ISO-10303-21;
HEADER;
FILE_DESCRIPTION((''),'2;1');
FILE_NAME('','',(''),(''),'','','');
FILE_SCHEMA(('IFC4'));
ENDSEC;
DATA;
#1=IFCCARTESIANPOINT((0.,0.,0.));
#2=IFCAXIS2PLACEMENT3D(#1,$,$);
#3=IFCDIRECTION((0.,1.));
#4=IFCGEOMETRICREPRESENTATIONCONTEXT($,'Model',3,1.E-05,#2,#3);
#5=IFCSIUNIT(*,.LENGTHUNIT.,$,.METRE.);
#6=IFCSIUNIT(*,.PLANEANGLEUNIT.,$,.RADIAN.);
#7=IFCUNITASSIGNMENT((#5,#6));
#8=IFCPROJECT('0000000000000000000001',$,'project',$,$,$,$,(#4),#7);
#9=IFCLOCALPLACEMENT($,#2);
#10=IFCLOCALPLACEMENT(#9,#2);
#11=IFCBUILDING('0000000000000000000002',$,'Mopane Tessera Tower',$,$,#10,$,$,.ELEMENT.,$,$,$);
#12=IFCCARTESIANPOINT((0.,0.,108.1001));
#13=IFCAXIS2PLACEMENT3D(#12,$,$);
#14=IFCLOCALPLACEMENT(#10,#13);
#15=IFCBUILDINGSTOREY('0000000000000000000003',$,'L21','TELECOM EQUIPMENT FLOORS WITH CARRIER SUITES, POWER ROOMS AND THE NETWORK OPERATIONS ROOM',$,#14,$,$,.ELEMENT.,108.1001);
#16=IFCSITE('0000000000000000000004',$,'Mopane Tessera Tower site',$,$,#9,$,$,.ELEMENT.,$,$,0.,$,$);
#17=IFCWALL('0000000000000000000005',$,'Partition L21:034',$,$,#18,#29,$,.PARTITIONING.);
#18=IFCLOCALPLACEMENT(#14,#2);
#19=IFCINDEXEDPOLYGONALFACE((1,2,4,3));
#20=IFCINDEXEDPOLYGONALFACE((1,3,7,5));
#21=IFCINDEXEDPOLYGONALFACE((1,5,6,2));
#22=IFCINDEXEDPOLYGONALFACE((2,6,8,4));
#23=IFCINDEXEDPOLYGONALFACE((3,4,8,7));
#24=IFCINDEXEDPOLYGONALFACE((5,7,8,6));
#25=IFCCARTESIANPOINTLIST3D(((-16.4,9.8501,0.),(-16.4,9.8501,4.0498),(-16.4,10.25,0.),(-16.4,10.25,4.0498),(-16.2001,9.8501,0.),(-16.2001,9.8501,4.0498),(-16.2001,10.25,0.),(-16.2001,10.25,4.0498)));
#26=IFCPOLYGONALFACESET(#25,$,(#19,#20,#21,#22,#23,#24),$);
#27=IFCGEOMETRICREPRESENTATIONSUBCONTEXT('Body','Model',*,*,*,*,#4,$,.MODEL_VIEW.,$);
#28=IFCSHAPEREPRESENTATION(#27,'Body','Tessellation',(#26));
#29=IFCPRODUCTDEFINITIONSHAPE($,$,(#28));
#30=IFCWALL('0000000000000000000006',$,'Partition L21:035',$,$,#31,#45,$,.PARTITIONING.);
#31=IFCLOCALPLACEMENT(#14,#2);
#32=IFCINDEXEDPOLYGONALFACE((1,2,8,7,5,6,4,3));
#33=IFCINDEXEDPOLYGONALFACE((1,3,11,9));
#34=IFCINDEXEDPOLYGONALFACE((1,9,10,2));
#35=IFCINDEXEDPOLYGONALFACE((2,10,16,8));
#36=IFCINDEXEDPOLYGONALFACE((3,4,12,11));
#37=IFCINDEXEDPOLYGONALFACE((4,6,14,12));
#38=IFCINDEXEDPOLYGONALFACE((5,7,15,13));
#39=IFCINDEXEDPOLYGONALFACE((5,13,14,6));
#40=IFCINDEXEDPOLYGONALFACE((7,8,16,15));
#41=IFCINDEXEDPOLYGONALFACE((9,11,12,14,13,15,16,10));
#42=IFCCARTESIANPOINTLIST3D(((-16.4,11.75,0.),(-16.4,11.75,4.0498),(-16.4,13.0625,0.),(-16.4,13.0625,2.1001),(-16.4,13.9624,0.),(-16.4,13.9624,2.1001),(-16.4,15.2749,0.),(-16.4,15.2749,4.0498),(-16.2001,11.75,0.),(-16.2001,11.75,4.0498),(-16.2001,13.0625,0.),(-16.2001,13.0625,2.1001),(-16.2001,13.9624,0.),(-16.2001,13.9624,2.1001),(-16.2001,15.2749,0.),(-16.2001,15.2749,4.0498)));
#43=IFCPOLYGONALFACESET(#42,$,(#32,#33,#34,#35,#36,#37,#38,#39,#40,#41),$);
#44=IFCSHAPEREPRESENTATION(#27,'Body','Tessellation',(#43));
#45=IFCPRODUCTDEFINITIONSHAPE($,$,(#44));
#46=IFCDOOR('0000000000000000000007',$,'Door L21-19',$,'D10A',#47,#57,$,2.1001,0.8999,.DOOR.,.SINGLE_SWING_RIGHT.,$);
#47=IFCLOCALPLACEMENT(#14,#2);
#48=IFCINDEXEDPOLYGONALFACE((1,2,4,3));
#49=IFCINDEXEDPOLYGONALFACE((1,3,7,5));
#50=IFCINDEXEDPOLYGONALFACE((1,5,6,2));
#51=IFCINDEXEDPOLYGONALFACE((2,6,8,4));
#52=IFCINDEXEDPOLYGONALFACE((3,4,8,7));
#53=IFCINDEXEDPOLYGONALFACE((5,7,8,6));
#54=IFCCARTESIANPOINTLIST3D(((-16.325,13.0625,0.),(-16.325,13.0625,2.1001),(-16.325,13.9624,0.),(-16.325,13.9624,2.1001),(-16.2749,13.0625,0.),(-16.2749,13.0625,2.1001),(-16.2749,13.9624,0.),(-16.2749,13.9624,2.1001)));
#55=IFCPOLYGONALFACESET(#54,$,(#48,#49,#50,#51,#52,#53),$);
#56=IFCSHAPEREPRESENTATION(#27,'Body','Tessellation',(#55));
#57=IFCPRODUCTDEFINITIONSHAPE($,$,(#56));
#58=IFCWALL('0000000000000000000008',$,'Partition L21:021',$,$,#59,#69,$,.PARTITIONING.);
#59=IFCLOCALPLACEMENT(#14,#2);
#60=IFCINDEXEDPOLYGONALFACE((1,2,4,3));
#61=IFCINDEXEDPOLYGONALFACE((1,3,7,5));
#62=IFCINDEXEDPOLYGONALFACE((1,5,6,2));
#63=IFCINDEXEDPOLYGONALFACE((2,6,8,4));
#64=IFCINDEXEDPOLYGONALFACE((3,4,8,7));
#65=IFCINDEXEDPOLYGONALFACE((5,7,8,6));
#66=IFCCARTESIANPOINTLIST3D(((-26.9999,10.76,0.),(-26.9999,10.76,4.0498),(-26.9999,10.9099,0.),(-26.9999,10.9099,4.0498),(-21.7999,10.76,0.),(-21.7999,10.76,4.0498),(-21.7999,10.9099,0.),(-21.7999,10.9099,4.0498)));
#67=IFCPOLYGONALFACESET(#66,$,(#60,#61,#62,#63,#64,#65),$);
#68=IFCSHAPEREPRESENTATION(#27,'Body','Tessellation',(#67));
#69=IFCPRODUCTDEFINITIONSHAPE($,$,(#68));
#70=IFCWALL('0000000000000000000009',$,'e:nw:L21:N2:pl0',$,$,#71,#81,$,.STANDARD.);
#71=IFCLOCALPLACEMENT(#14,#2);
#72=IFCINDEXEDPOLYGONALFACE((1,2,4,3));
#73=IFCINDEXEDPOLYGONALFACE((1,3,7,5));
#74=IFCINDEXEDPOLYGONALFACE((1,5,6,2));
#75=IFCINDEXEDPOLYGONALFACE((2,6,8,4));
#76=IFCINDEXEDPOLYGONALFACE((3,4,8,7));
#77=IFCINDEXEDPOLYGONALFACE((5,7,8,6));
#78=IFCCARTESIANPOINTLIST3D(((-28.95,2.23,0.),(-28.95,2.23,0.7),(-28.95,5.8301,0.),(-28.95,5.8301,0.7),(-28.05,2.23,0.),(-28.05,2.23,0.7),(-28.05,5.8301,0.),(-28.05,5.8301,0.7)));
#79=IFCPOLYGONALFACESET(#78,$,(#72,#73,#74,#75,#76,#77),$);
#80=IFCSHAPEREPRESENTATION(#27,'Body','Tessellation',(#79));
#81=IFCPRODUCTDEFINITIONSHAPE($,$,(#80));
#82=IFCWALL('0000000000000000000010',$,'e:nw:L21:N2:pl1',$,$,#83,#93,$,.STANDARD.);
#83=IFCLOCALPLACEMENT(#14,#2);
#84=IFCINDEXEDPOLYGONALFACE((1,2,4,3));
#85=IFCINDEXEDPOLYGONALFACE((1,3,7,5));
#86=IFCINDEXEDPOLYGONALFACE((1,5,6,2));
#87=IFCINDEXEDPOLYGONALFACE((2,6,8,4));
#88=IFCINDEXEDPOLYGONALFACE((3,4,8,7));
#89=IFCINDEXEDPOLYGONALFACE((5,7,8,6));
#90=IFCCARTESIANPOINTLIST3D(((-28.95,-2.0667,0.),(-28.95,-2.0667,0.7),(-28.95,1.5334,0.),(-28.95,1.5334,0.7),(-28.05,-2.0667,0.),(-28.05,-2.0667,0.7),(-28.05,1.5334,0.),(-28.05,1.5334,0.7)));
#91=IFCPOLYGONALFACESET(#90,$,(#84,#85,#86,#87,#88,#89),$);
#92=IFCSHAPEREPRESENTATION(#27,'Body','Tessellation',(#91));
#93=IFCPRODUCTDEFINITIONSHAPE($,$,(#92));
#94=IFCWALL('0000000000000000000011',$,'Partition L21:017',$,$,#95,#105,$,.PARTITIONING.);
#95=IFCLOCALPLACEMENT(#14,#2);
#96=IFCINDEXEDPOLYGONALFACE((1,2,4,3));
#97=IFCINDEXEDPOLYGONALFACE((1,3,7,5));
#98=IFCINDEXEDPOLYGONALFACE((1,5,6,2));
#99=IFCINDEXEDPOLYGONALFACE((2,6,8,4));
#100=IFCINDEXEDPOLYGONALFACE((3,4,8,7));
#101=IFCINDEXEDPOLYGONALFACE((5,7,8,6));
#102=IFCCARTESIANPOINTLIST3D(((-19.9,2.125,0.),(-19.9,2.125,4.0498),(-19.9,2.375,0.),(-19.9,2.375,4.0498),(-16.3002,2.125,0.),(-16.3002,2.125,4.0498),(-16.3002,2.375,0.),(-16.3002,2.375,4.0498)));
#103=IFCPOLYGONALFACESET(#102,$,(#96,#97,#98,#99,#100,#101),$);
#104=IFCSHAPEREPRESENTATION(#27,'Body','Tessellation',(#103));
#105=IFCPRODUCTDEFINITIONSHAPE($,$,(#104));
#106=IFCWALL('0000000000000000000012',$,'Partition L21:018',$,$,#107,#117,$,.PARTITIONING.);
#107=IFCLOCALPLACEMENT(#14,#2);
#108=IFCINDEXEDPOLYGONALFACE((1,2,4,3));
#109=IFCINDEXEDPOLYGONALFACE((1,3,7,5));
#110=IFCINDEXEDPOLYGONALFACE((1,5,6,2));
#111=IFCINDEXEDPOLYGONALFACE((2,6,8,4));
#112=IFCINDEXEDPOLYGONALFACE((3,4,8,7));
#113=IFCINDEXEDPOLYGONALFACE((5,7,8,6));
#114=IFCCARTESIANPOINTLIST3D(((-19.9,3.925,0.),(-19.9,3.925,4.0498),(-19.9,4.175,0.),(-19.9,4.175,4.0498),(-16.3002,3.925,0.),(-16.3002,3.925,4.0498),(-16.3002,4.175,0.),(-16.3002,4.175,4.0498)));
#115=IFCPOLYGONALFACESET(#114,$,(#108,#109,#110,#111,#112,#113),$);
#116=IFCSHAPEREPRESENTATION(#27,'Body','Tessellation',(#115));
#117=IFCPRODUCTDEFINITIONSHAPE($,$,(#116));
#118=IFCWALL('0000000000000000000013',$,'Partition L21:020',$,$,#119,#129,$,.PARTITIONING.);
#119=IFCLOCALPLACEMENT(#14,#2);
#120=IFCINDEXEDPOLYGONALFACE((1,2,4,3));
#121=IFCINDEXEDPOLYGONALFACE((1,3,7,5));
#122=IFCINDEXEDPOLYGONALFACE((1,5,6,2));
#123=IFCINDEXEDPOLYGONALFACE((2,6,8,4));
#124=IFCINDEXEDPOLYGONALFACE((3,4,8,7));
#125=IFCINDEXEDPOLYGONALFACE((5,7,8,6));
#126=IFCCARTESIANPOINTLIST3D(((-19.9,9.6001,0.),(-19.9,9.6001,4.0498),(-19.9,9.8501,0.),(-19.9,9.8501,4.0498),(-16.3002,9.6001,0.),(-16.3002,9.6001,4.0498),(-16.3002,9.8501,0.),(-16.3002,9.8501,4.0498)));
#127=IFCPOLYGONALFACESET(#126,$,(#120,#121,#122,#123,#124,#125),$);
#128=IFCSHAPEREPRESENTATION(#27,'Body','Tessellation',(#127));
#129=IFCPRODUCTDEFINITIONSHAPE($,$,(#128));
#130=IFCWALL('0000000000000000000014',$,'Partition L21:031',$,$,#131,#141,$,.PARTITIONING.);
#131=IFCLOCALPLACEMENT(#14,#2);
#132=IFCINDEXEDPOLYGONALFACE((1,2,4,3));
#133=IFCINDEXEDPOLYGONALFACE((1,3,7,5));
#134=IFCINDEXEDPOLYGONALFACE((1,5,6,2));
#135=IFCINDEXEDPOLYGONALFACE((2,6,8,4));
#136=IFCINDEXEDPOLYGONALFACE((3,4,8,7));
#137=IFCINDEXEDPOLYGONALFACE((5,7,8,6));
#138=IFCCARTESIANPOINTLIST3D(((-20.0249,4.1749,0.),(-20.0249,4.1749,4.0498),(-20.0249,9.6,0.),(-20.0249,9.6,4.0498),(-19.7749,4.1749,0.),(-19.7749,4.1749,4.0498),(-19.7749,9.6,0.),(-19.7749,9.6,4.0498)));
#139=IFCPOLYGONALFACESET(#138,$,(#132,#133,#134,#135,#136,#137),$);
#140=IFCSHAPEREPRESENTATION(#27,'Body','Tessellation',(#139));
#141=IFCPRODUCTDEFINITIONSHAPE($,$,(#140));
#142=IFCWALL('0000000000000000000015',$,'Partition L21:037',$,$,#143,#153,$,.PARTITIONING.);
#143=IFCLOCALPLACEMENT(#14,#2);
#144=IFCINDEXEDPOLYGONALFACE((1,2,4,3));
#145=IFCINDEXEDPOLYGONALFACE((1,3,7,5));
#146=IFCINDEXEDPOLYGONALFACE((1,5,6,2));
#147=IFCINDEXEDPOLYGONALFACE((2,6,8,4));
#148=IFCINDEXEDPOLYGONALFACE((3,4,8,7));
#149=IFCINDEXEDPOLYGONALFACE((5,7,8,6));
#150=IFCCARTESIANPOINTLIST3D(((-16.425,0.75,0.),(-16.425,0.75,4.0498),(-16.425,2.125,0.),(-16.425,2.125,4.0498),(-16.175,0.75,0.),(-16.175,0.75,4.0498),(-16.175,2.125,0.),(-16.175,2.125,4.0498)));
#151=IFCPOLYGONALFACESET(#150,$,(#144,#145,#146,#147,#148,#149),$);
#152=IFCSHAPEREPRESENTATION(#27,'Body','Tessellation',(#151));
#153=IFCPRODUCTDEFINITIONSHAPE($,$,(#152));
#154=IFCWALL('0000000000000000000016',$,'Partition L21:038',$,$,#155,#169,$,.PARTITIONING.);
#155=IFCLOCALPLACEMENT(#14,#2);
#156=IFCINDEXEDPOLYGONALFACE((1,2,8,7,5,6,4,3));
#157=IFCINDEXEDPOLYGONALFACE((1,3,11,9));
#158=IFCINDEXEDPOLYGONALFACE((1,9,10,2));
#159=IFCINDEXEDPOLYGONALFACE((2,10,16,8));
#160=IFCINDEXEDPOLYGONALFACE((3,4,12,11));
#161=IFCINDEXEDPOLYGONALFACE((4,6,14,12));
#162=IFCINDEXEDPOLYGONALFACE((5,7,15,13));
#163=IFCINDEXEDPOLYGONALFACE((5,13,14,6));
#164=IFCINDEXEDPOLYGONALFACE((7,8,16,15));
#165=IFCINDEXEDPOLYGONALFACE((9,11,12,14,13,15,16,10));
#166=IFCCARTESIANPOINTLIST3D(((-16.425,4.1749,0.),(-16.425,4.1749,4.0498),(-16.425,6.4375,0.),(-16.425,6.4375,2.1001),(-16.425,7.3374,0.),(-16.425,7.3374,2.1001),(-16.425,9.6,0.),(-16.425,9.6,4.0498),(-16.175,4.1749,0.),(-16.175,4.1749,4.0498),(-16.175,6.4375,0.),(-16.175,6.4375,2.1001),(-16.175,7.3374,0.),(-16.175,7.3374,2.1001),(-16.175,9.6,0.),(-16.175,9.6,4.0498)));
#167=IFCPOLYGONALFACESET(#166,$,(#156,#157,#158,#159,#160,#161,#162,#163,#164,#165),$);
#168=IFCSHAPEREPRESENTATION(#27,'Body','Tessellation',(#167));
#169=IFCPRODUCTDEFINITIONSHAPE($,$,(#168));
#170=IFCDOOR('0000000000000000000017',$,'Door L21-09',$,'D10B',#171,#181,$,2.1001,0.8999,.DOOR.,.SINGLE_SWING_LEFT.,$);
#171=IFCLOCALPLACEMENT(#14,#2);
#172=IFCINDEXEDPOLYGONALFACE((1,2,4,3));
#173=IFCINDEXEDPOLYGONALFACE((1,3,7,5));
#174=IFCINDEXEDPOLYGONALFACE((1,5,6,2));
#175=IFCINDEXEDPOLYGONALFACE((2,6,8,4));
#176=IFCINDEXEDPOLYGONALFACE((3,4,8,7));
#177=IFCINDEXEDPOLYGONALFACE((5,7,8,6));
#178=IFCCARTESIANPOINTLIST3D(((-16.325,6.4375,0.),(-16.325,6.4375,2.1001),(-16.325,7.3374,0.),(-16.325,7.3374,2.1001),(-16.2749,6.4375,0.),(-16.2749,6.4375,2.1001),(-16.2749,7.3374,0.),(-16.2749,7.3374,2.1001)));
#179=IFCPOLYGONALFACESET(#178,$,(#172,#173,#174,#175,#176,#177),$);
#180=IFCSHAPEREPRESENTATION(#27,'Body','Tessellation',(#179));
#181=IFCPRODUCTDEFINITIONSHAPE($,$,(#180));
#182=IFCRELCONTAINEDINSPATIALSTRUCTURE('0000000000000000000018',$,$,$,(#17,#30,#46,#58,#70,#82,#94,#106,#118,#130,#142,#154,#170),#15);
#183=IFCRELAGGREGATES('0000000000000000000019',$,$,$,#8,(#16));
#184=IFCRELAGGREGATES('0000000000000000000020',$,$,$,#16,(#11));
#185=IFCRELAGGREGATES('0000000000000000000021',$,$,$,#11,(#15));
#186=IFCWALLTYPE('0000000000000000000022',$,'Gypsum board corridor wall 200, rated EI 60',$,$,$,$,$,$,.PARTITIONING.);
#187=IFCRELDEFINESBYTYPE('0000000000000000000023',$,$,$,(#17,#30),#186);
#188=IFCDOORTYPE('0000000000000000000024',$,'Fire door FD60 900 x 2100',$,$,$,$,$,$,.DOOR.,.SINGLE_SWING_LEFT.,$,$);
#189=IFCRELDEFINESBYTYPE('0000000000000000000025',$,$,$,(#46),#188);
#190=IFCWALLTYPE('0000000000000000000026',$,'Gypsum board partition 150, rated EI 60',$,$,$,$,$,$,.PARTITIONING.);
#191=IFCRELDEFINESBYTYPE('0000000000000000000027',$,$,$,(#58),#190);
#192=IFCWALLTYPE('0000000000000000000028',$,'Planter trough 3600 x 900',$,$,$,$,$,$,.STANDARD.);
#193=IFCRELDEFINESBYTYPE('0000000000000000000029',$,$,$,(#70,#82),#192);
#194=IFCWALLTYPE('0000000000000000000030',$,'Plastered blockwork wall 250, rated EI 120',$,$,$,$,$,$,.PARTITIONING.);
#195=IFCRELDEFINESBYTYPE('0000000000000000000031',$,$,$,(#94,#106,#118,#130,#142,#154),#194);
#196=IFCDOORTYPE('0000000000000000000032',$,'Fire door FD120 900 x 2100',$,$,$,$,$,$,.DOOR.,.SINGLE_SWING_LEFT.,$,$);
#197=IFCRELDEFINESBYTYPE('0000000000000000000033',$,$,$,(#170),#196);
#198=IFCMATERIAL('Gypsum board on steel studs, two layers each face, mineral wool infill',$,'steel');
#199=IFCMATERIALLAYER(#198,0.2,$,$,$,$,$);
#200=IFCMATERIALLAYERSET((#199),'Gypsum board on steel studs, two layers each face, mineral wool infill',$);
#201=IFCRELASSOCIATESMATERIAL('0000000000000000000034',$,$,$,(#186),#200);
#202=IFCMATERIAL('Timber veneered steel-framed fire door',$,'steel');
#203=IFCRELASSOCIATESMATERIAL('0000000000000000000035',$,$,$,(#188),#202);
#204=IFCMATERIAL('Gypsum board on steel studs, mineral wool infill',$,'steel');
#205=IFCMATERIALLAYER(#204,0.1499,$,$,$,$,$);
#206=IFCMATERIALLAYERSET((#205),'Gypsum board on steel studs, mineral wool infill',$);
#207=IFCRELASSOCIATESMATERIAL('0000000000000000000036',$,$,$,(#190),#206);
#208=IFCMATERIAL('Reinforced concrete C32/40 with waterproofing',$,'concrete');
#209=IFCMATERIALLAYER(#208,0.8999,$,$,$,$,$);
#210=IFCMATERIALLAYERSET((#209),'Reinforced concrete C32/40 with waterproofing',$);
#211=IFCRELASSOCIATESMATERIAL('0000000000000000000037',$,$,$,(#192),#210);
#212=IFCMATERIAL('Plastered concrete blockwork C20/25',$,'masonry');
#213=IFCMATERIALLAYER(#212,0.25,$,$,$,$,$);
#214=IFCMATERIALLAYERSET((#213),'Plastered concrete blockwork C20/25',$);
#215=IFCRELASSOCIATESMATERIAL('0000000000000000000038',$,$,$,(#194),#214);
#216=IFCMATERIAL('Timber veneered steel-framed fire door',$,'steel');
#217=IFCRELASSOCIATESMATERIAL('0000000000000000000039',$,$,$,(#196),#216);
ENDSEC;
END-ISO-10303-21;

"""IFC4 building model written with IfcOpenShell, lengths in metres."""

from ifc_helpers import new_model, si_unit, direction, frame, frame_2d, origin, place, context, subcontext, project, spatial, rectangle, extrude, material, layer, layer_set, type_object, element, fill, save


model = new_model("IFC4")

# Units and contexts
model_context = context("Model", 3, precision=1e-05, world=origin(), true_north=direction((0.0, 1.0)))
body_context = subcontext(model_context, "Body", "Model", "MODEL_VIEW")
ifc_project = project(units=[si_unit("LENGTHUNIT", "METRE"), si_unit("PLANEANGLEUNIT", "RADIAN")], contexts=[model_context])

# Site, building, storey
site_placement = place(None, origin())
site = spatial("IfcSite", under=ifc_project, at=site_placement, Name="Mopane Tessera Tower site", CompositionType="ELEMENT", RefElevation=0.0)
building_placement = place(site_placement, origin())
building = spatial("IfcBuilding", under=site, at=building_placement, Name="Mopane Tessera Tower", CompositionType="ELEMENT")
storey_placement = place(building_placement, frame((0.0, 0.0, 108.1001)))
storey = spatial("IfcBuildingStorey", under=building, at=storey_placement, Name="L21", Description="TELECOM EQUIPMENT FLOORS WITH CARRIER SUITES, POWER ROOMS AND THE NETWORK OPERATIONS ROOM", CompositionType="ELEMENT", Elevation=108.1001)

# Wall
ifc_material_1 = material(Name="Gypsum board on steel studs, two layers each face, mineral wool infill", Category="steel")
ifc_layer_1 = layer(ifc_material_1, 0.2)
ifc_layer_set_1 = layer_set([ifc_layer_1], Name="Gypsum board on steel studs, two layers each face, mineral wool infill")
wall_type_1 = type_object("IfcWallType", Name="Gypsum board corridor wall 200, rated EI 60", PredefinedType="PARTITIONING", material=ifc_layer_set_1)
wall_1_placement = place(storey_placement, frame((-16.3, 9.8501, 0.0), z_axis=(0.0, 0.0, 1.0), x_axis=(0.0, 1.0, 0.0)))
element("IfcWall", 1, at=wall_1_placement, inside=storey, type_object=wall_type_1, Name="Partition L21:034", PredefinedType="PARTITIONING", context=body_context, shape_type="SweptSolid", body=[
    extrude(rectangle(XDim=0.3999, YDim=0.2, at=frame_2d((0.2, 0.0))), origin(), (0.0, 0.0, 1.0), 4.0498),
])

# Wall, opening, door
wall_2_placement = place(storey_placement, frame((-16.3, 11.75, 0.0), z_axis=(0.0, 0.0, 1.0), x_axis=(0.0, 1.0, 0.0)))
wall_2 = element("IfcWall", 2, at=wall_2_placement, inside=storey, type_object=wall_type_1, Name="Partition L21:035", PredefinedType="PARTITIONING", context=body_context, shape_type="SweptSolid", body=[
    extrude(rectangle(XDim=3.5249, YDim=0.2, at=frame_2d((1.7625, 0.0))), origin(), (0.0, 0.0, 1.0), 4.0498),
])
opening_1_placement = place(wall_2_placement, frame((1.3125, 0.0, 0.0)))
opening_1 = element("IfcOpeningElement", 3, at=opening_1_placement, cuts=wall_2, PredefinedType="OPENING", context=body_context, shape_type="SweptSolid", body=[
    extrude(rectangle(XDim=0.8999, YDim=2.1001, at=frame_2d((0.45, 1.05))), frame((0.0, 0.1121, 0.0), z_axis=(0.0, -1.0, 0.0), x_axis=(1.0, 0.0, 0.0)), (0.0, 0.0, 1.0), 0.2239),
])
ifc_material_2 = material(Name="Timber veneered steel-framed fire door", Category="steel")
door_type_1 = type_object("IfcDoorType", Name="Fire door FD60 900 x 2100", OperationType="SINGLE_SWING_LEFT", PredefinedType="DOOR", material=ifc_material_2)
door_1_placement = place(opening_1_placement, origin())
door_1 = element("IfcDoor", 4, at=door_1_placement, inside=storey, type_object=door_type_1, Name="Door L21-19", ObjectType="D10A", OperationType="SINGLE_SWING_RIGHT", OverallHeight=2.1001, OverallWidth=0.8999, PredefinedType="DOOR", context=body_context, shape_type="SweptSolid", body=[
    extrude(rectangle(XDim=0.8999, YDim=2.1001, at=frame_2d((0.45, 1.05))), frame((0.0, 0.0249, 0.0), z_axis=(0.0, -1.0, 0.0), x_axis=(1.0, 0.0, 0.0)), (0.0, 0.0, 1.0), 0.05),
])
fill(opening_1, door_1)

# Walls
ifc_material_3 = material(Name="Gypsum board on steel studs, mineral wool infill", Category="steel")
ifc_layer_2 = layer(ifc_material_3, 0.1499)
ifc_layer_set_2 = layer_set([ifc_layer_2], Name="Gypsum board on steel studs, mineral wool infill")
wall_type_2 = type_object("IfcWallType", Name="Gypsum board partition 150, rated EI 60", PredefinedType="PARTITIONING", material=ifc_layer_set_2)
wall_3_placement = place(storey_placement, frame((-27.0, 10.835, 0.0), z_axis=(0.0, 0.0, 1.0), x_axis=(1.0, 0.0, 0.0)))
element("IfcWall", 5, at=wall_3_placement, inside=storey, type_object=wall_type_2, Name="Partition L21:021", PredefinedType="PARTITIONING", context=body_context, shape_type="SweptSolid", body=[
    extrude(rectangle(XDim=5.2, YDim=0.1499, at=frame_2d((2.6001, 0.0))), origin(), (0.0, 0.0, 1.0), 4.0498),
])
ifc_material_4 = material(Name="Reinforced concrete C32/40 with waterproofing", Category="concrete")
ifc_layer_3 = layer(ifc_material_4, 0.8999)
ifc_layer_set_3 = layer_set([ifc_layer_3], Name="Reinforced concrete C32/40 with waterproofing")
wall_type_3 = type_object("IfcWallType", Name="Planter trough 3600 x 900", PredefinedType="STANDARD", material=ifc_layer_set_3)
for number, where, z_axis, x_axis, name in (
    (6, (-28.5, 5.8301, 0.0), (0.0, 0.0, 1.0), (0.0, -1.0, 0.0), "e:nw:L21:N2:pl0"),
    (7, (-28.5, 1.5334, 0.0), (0.0, 0.0, 1.0), (0.0, -1.0, 0.0), "e:nw:L21:N2:pl1"),
):
    element("IfcWall", number, at=place(storey_placement, frame(where, z_axis=z_axis, x_axis=x_axis)), inside=storey, type_object=wall_type_3, Name=name, PredefinedType="STANDARD", context=body_context, shape_type="SweptSolid", body=[
        extrude(rectangle(XDim=3.6001, YDim=0.8999, at=frame_2d((1.8, 0.0))), origin(), (0.0, 0.0, 1.0), 0.7),
    ])
ifc_material_5 = material(Name="Plastered concrete blockwork C20/25", Category="masonry")
ifc_layer_4 = layer(ifc_material_5, 0.25)
ifc_layer_set_4 = layer_set([ifc_layer_4], Name="Plastered concrete blockwork C20/25")
wall_type_4 = type_object("IfcWallType", Name="Plastered blockwork wall 250, rated EI 120", PredefinedType="PARTITIONING", material=ifc_layer_set_4)
for number, where, z_axis, x_axis, name in (
    (8, (-19.8999, 2.25, 0.0), (0.0, 0.0, 1.0), (1.0, 0.0, 0.0), "Partition L21:017"),
    (9, (-19.8999, 4.05, 0.0), (0.0, 0.0, 1.0), (1.0, 0.0, 0.0), "Partition L21:018"),
    (10, (-19.8999, 9.7251, 0.0), (0.0, 0.0, 1.0), (1.0, 0.0, 0.0), "Partition L21:020"),
):
    element("IfcWall", number, at=place(storey_placement, frame(where, z_axis=z_axis, x_axis=x_axis)), inside=storey, type_object=wall_type_4, Name=name, PredefinedType="PARTITIONING", context=body_context, shape_type="SweptSolid", body=[
        extrude(rectangle(XDim=3.5999, YDim=0.25, at=frame_2d((1.7998, 0.0))), origin(), (0.0, 0.0, 1.0), 4.0498),
    ])
wall_4_placement = place(storey_placement, frame((-19.8999, 4.175, 0.0), z_axis=(0.0, 0.0, 1.0), x_axis=(0.0, 1.0, 0.0)))
element("IfcWall", 11, at=wall_4_placement, inside=storey, type_object=wall_type_4, Name="Partition L21:031", PredefinedType="PARTITIONING", context=body_context, shape_type="SweptSolid", body=[
    extrude(rectangle(XDim=5.425, YDim=0.25, at=frame_2d((2.7124, 0.0))), origin(), (0.0, 0.0, 1.0), 4.0498),
])
wall_5_placement = place(storey_placement, frame((-16.3, 0.75, 0.0), z_axis=(0.0, 0.0, 1.0), x_axis=(0.0, 1.0, 0.0)))
element("IfcWall", 12, at=wall_5_placement, inside=storey, type_object=wall_type_4, Name="Partition L21:037", PredefinedType="PARTITIONING", context=body_context, shape_type="SweptSolid", body=[
    extrude(rectangle(XDim=1.375, YDim=0.25, at=frame_2d((0.6875, 0.0))), origin(), (0.0, 0.0, 1.0), 4.0498),
])

# Wall, opening, door
wall_6_placement = place(storey_placement, frame((-16.3, 4.175, 0.0), z_axis=(0.0, 0.0, 1.0), x_axis=(0.0, 1.0, 0.0)))
wall_6 = element("IfcWall", 13, at=wall_6_placement, inside=storey, type_object=wall_type_4, Name="Partition L21:038", PredefinedType="PARTITIONING", context=body_context, shape_type="SweptSolid", body=[
    extrude(rectangle(XDim=5.425, YDim=0.25, at=frame_2d((2.7124, 0.0))), origin(), (0.0, 0.0, 1.0), 4.0498),
])
opening_2_placement = place(wall_6_placement, frame((2.2625, 0.0, 0.0)))
opening_2 = element("IfcOpeningElement", 14, at=opening_2_placement, cuts=wall_6, PredefinedType="OPENING", context=body_context, shape_type="SweptSolid", body=[
    extrude(rectangle(XDim=0.8999, YDim=2.1001, at=frame_2d((0.45, 1.05))), frame((0.0, 0.137, 0.0), z_axis=(0.0, -1.0, 0.0), x_axis=(1.0, 0.0, 0.0)), (0.0, 0.0, 1.0), 0.2739),
])
ifc_material_6 = material(Name="Timber veneered steel-framed fire door", Category="steel")
door_type_2 = type_object("IfcDoorType", Name="Fire door FD120 900 x 2100", OperationType="SINGLE_SWING_LEFT", PredefinedType="DOOR", material=ifc_material_6)
door_2_placement = place(opening_2_placement, origin())
door_2 = element("IfcDoor", 15, at=door_2_placement, inside=storey, type_object=door_type_2, Name="Door L21-09", ObjectType="D10B", OperationType="SINGLE_SWING_LEFT", OverallHeight=2.1001, OverallWidth=0.8999, PredefinedType="DOOR", context=body_context, shape_type="SweptSolid", body=[
    extrude(rectangle(XDim=0.8999, YDim=2.1001, at=frame_2d((0.45, 1.05))), frame((0.0, 0.0249, 0.0), z_axis=(0.0, -1.0, 0.0), x_axis=(1.0, 0.0, 0.0)), (0.0, 0.0, 1.0), 0.05),
])
fill(opening_2, door_2)

save(model, "model.ifc")
